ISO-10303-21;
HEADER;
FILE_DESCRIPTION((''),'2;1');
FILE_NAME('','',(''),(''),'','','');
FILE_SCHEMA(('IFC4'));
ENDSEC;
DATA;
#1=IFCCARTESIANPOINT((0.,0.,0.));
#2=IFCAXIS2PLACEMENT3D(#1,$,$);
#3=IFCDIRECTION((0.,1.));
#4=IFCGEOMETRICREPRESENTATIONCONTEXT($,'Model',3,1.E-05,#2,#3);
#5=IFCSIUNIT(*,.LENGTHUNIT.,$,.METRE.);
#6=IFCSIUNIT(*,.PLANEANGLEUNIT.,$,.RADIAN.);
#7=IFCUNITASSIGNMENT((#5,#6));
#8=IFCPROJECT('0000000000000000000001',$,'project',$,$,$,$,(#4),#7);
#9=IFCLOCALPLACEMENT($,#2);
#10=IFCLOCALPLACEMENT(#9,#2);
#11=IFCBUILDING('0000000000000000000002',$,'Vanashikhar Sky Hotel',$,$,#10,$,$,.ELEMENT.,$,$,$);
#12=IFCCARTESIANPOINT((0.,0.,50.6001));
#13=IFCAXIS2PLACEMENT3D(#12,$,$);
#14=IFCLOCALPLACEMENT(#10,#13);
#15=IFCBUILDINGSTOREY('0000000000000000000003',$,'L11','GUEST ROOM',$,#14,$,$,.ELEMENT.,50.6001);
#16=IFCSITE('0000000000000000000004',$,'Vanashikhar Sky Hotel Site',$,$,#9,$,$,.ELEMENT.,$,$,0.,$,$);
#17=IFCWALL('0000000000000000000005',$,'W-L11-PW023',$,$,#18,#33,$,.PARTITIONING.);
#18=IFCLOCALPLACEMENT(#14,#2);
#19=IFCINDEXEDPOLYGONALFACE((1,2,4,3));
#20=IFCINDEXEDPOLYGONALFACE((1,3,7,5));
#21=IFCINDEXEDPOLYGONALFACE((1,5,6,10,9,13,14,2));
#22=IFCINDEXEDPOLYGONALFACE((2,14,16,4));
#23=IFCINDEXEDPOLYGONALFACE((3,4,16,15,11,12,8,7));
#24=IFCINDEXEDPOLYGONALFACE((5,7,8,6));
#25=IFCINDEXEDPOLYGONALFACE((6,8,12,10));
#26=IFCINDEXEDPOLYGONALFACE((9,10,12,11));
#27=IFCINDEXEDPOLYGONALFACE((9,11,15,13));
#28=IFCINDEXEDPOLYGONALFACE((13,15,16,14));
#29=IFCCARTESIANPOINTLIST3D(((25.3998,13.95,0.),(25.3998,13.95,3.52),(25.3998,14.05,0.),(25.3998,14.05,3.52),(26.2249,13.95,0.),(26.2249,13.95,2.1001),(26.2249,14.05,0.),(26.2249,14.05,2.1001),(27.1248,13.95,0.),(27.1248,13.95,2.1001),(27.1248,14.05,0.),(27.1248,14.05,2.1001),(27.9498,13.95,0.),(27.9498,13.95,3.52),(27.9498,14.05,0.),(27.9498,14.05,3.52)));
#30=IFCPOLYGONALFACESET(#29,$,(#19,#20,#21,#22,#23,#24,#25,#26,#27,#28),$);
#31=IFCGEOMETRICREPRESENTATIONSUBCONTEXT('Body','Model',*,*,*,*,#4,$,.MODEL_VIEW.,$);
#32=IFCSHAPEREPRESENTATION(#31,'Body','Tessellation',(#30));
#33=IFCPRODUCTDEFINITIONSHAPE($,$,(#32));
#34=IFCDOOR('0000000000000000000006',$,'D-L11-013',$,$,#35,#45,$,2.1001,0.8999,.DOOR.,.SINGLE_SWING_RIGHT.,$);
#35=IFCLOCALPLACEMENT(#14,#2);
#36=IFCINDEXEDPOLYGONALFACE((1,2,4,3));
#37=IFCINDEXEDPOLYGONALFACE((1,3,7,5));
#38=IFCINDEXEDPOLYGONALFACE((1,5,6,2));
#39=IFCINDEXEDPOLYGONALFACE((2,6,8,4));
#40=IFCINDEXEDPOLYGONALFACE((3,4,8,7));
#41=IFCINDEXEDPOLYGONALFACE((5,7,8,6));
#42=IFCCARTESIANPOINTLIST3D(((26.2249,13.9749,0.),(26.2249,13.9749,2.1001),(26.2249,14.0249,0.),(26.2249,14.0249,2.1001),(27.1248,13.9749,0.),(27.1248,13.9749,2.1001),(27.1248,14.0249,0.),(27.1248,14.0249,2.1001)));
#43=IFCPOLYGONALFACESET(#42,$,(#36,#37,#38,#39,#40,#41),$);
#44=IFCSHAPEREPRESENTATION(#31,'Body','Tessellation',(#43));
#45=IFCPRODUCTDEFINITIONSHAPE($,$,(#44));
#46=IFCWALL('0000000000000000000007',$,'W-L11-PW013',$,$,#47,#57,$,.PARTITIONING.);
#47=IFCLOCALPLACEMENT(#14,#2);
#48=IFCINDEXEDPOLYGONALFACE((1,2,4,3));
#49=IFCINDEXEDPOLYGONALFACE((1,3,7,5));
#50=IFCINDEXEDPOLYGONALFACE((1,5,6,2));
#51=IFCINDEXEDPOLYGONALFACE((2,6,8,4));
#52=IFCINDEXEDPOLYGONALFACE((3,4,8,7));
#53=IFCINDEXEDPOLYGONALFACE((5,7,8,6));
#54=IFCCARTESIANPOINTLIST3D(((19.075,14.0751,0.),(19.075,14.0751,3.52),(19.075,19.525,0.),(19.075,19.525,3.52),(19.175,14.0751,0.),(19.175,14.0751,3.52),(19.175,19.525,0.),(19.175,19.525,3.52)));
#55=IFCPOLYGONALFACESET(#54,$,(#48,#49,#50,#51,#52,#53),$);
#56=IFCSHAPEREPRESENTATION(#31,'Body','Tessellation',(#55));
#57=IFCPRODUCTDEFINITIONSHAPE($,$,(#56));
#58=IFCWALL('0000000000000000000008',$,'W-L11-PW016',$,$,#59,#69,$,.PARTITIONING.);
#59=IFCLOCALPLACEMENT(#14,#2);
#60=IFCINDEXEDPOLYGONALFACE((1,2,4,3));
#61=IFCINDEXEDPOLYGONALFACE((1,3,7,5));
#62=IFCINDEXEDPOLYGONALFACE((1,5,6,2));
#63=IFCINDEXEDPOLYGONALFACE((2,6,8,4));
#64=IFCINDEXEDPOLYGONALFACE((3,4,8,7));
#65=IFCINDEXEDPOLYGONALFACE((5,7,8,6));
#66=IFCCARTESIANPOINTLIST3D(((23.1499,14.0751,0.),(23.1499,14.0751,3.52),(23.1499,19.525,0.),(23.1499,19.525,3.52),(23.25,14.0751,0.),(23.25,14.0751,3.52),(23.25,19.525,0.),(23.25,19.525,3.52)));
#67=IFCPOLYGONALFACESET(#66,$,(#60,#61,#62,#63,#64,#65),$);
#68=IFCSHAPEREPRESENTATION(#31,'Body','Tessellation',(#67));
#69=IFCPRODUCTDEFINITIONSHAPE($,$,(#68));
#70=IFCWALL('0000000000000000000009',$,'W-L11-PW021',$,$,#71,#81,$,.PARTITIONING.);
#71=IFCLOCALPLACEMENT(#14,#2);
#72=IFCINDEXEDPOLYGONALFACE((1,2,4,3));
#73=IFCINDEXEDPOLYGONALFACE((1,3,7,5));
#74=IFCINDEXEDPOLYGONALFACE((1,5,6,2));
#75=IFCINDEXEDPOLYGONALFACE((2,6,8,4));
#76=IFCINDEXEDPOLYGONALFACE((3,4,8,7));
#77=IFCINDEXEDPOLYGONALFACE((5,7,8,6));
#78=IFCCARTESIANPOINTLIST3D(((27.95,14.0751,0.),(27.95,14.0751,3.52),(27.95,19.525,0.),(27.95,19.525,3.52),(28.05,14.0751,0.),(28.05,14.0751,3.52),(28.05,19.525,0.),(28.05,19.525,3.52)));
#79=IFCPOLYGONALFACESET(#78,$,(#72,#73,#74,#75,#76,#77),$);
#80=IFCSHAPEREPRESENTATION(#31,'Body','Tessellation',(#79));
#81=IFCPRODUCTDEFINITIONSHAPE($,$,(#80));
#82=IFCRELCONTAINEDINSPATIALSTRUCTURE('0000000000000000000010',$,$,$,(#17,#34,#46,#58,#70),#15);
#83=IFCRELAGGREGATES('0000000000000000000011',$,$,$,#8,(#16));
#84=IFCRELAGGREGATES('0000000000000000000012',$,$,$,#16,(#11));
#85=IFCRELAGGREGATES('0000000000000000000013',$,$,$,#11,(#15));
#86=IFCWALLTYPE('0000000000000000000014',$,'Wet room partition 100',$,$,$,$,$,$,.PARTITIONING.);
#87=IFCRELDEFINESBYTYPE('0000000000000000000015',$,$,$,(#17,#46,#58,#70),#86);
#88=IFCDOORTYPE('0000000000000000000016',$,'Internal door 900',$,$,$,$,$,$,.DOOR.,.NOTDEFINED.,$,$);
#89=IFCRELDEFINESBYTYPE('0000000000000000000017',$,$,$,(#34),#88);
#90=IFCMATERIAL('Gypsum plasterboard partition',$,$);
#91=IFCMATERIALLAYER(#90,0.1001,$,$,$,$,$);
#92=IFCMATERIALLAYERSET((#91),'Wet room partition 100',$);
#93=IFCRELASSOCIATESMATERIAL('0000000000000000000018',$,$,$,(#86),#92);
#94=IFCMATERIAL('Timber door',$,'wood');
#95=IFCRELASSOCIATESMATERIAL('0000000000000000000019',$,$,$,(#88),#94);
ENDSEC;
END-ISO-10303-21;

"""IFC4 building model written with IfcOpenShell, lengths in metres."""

from ifc_helpers import new_model, si_unit, direction, frame, frame_2d, origin, place, context, subcontext, project, spatial, rectangle, extrude, source, transform, mapped, material, layer, layer_set, type_object, element, fill, save


model = new_model("IFC4")

# Units and contexts
model_context = context("Model", 3, precision=1e-05, world=origin(), true_north=direction((0.0, 1.0)))
body_context = subcontext(model_context, "Body", "Model", "MODEL_VIEW")
ifc_project = project(units=[si_unit("LENGTHUNIT", "METRE"), si_unit("PLANEANGLEUNIT", "RADIAN")], contexts=[model_context])

# Site, building, storey
site_placement = place(None, origin())
site = spatial("IfcSite", under=ifc_project, at=site_placement, Name="Vanashikhar Sky Hotel Site", CompositionType="ELEMENT", RefElevation=0.0)
building_placement = place(site_placement, origin())
building = spatial("IfcBuilding", under=site, at=building_placement, Name="Vanashikhar Sky Hotel", CompositionType="ELEMENT")
storey_placement = place(building_placement, frame((0.0, 0.0, 50.6001)))
storey = spatial("IfcBuildingStorey", under=building, at=storey_placement, Name="L11", Description="GUEST ROOM", CompositionType="ELEMENT", Elevation=50.6001)

# Shared definitions
ifc_material_1 = material(Name="Gypsum plasterboard partition")
ifc_layer_1 = layer(ifc_material_1, 0.1001)
ifc_layer_set_1 = layer_set([ifc_layer_1], Name="Wet room partition 100")
wall_type_1 = type_object("IfcWallType", Name="Wet room partition 100", PredefinedType="PARTITIONING", material=ifc_layer_set_1)
shared_shape_1 = source(origin(), body_context, "Body", "SweptSolid", [
    extrude(rectangle(XDim=0.8999, YDim=2.1001, at=frame_2d((0.45, 1.05))), frame((0.0, 0.0601, 0.0), z_axis=(0.0, -1.0, 0.0), x_axis=(1.0, 0.0, 0.0)), (0.0, 0.0, 1.0), 0.1201),
])
ifc_material_2 = material(Name="Timber door", Category="wood")
door_type_1 = type_object("IfcDoorType", Name="Internal door 900", OperationType="NOTDEFINED", PredefinedType="DOOR", material=ifc_material_2)
shared_shape_2 = source(origin(), body_context, "Body", "SweptSolid", [
    extrude(rectangle(XDim=0.8999, YDim=2.1001, at=frame_2d((0.45, 1.05))), frame((0.0, 0.0249, 0.0), z_axis=(0.0, -1.0, 0.0), x_axis=(1.0, 0.0, 0.0)), (0.0, 0.0, 1.0), 0.05),
])

# Wall, opening, door
shared_shape_3 = source(origin(), body_context, "Body", "SweptSolid", [
    extrude(rectangle(XDim=2.55, YDim=0.1001, at=frame_2d((1.2749, 0.0))), origin(), (0.0, 0.0, 1.0), 3.52),
])
wall_1_placement = place(storey_placement, frame((25.3999, 14.0, 0.0), z_axis=(0.0, 0.0, 1.0), x_axis=(1.0, 0.0, 0.0)))
wall_1 = element("IfcWall", 1, at=wall_1_placement, inside=storey, type_object=wall_type_1, Name="W-L11-PW023", PredefinedType="PARTITIONING", context=body_context, shape_type="MappedRepresentation", body=[
    mapped(shared_shape_3, transform((0.0, 0.0, 0.0), scale=1.0)),
])
opening_1_placement = place(wall_1_placement, frame((0.825, 0.0, 0.0)))
opening_1 = element("IfcOpeningElement", 2, at=opening_1_placement, cuts=wall_1, PredefinedType="OPENING", context=body_context, shape_type="MappedRepresentation", body=[
    mapped(shared_shape_1, transform((0.0, 0.0, 0.0), scale=1.0)),
])
door_1_placement = place(opening_1_placement, origin())
door_1 = element("IfcDoor", 3, at=door_1_placement, inside=storey, type_object=door_type_1, Name="D-L11-013", OperationType="SINGLE_SWING_RIGHT", OverallHeight=2.1001, OverallWidth=0.8999, PredefinedType="DOOR", context=body_context, shape_type="MappedRepresentation", body=[
    mapped(shared_shape_2, transform((0.0, 0.0, 0.0), scale=1.0)),
])
fill(opening_1, door_1)

# Walls
shared_shape_4 = source(origin(), body_context, "Body", "SweptSolid", [
    extrude(rectangle(XDim=5.45, YDim=0.1001, at=frame_2d((2.7251, 0.0))), origin(), (0.0, 0.0, 1.0), 3.52),
])
for number, where, z_axis, x_axis, name in (
    (4, (19.125, 14.075, 0.0), (0.0, 0.0, 1.0), (0.0, 1.0, 0.0), "W-L11-PW013"),
    (5, (23.2, 14.075, 0.0), (0.0, 0.0, 1.0), (0.0, 1.0, 0.0), "W-L11-PW016"),
    (6, (28.0, 14.075, 0.0), (0.0, 0.0, 1.0), (0.0, 1.0, 0.0), "W-L11-PW021"),
):
    element("IfcWall", number, at=place(storey_placement, frame(where, z_axis=z_axis, x_axis=x_axis)), inside=storey, type_object=wall_type_1, Name=name, PredefinedType="PARTITIONING", context=body_context, shape_type="MappedRepresentation", body=[
        mapped(shared_shape_4, transform((0.0, 0.0, 0.0), scale=1.0)),
    ])

save(model, "model.ifc")
